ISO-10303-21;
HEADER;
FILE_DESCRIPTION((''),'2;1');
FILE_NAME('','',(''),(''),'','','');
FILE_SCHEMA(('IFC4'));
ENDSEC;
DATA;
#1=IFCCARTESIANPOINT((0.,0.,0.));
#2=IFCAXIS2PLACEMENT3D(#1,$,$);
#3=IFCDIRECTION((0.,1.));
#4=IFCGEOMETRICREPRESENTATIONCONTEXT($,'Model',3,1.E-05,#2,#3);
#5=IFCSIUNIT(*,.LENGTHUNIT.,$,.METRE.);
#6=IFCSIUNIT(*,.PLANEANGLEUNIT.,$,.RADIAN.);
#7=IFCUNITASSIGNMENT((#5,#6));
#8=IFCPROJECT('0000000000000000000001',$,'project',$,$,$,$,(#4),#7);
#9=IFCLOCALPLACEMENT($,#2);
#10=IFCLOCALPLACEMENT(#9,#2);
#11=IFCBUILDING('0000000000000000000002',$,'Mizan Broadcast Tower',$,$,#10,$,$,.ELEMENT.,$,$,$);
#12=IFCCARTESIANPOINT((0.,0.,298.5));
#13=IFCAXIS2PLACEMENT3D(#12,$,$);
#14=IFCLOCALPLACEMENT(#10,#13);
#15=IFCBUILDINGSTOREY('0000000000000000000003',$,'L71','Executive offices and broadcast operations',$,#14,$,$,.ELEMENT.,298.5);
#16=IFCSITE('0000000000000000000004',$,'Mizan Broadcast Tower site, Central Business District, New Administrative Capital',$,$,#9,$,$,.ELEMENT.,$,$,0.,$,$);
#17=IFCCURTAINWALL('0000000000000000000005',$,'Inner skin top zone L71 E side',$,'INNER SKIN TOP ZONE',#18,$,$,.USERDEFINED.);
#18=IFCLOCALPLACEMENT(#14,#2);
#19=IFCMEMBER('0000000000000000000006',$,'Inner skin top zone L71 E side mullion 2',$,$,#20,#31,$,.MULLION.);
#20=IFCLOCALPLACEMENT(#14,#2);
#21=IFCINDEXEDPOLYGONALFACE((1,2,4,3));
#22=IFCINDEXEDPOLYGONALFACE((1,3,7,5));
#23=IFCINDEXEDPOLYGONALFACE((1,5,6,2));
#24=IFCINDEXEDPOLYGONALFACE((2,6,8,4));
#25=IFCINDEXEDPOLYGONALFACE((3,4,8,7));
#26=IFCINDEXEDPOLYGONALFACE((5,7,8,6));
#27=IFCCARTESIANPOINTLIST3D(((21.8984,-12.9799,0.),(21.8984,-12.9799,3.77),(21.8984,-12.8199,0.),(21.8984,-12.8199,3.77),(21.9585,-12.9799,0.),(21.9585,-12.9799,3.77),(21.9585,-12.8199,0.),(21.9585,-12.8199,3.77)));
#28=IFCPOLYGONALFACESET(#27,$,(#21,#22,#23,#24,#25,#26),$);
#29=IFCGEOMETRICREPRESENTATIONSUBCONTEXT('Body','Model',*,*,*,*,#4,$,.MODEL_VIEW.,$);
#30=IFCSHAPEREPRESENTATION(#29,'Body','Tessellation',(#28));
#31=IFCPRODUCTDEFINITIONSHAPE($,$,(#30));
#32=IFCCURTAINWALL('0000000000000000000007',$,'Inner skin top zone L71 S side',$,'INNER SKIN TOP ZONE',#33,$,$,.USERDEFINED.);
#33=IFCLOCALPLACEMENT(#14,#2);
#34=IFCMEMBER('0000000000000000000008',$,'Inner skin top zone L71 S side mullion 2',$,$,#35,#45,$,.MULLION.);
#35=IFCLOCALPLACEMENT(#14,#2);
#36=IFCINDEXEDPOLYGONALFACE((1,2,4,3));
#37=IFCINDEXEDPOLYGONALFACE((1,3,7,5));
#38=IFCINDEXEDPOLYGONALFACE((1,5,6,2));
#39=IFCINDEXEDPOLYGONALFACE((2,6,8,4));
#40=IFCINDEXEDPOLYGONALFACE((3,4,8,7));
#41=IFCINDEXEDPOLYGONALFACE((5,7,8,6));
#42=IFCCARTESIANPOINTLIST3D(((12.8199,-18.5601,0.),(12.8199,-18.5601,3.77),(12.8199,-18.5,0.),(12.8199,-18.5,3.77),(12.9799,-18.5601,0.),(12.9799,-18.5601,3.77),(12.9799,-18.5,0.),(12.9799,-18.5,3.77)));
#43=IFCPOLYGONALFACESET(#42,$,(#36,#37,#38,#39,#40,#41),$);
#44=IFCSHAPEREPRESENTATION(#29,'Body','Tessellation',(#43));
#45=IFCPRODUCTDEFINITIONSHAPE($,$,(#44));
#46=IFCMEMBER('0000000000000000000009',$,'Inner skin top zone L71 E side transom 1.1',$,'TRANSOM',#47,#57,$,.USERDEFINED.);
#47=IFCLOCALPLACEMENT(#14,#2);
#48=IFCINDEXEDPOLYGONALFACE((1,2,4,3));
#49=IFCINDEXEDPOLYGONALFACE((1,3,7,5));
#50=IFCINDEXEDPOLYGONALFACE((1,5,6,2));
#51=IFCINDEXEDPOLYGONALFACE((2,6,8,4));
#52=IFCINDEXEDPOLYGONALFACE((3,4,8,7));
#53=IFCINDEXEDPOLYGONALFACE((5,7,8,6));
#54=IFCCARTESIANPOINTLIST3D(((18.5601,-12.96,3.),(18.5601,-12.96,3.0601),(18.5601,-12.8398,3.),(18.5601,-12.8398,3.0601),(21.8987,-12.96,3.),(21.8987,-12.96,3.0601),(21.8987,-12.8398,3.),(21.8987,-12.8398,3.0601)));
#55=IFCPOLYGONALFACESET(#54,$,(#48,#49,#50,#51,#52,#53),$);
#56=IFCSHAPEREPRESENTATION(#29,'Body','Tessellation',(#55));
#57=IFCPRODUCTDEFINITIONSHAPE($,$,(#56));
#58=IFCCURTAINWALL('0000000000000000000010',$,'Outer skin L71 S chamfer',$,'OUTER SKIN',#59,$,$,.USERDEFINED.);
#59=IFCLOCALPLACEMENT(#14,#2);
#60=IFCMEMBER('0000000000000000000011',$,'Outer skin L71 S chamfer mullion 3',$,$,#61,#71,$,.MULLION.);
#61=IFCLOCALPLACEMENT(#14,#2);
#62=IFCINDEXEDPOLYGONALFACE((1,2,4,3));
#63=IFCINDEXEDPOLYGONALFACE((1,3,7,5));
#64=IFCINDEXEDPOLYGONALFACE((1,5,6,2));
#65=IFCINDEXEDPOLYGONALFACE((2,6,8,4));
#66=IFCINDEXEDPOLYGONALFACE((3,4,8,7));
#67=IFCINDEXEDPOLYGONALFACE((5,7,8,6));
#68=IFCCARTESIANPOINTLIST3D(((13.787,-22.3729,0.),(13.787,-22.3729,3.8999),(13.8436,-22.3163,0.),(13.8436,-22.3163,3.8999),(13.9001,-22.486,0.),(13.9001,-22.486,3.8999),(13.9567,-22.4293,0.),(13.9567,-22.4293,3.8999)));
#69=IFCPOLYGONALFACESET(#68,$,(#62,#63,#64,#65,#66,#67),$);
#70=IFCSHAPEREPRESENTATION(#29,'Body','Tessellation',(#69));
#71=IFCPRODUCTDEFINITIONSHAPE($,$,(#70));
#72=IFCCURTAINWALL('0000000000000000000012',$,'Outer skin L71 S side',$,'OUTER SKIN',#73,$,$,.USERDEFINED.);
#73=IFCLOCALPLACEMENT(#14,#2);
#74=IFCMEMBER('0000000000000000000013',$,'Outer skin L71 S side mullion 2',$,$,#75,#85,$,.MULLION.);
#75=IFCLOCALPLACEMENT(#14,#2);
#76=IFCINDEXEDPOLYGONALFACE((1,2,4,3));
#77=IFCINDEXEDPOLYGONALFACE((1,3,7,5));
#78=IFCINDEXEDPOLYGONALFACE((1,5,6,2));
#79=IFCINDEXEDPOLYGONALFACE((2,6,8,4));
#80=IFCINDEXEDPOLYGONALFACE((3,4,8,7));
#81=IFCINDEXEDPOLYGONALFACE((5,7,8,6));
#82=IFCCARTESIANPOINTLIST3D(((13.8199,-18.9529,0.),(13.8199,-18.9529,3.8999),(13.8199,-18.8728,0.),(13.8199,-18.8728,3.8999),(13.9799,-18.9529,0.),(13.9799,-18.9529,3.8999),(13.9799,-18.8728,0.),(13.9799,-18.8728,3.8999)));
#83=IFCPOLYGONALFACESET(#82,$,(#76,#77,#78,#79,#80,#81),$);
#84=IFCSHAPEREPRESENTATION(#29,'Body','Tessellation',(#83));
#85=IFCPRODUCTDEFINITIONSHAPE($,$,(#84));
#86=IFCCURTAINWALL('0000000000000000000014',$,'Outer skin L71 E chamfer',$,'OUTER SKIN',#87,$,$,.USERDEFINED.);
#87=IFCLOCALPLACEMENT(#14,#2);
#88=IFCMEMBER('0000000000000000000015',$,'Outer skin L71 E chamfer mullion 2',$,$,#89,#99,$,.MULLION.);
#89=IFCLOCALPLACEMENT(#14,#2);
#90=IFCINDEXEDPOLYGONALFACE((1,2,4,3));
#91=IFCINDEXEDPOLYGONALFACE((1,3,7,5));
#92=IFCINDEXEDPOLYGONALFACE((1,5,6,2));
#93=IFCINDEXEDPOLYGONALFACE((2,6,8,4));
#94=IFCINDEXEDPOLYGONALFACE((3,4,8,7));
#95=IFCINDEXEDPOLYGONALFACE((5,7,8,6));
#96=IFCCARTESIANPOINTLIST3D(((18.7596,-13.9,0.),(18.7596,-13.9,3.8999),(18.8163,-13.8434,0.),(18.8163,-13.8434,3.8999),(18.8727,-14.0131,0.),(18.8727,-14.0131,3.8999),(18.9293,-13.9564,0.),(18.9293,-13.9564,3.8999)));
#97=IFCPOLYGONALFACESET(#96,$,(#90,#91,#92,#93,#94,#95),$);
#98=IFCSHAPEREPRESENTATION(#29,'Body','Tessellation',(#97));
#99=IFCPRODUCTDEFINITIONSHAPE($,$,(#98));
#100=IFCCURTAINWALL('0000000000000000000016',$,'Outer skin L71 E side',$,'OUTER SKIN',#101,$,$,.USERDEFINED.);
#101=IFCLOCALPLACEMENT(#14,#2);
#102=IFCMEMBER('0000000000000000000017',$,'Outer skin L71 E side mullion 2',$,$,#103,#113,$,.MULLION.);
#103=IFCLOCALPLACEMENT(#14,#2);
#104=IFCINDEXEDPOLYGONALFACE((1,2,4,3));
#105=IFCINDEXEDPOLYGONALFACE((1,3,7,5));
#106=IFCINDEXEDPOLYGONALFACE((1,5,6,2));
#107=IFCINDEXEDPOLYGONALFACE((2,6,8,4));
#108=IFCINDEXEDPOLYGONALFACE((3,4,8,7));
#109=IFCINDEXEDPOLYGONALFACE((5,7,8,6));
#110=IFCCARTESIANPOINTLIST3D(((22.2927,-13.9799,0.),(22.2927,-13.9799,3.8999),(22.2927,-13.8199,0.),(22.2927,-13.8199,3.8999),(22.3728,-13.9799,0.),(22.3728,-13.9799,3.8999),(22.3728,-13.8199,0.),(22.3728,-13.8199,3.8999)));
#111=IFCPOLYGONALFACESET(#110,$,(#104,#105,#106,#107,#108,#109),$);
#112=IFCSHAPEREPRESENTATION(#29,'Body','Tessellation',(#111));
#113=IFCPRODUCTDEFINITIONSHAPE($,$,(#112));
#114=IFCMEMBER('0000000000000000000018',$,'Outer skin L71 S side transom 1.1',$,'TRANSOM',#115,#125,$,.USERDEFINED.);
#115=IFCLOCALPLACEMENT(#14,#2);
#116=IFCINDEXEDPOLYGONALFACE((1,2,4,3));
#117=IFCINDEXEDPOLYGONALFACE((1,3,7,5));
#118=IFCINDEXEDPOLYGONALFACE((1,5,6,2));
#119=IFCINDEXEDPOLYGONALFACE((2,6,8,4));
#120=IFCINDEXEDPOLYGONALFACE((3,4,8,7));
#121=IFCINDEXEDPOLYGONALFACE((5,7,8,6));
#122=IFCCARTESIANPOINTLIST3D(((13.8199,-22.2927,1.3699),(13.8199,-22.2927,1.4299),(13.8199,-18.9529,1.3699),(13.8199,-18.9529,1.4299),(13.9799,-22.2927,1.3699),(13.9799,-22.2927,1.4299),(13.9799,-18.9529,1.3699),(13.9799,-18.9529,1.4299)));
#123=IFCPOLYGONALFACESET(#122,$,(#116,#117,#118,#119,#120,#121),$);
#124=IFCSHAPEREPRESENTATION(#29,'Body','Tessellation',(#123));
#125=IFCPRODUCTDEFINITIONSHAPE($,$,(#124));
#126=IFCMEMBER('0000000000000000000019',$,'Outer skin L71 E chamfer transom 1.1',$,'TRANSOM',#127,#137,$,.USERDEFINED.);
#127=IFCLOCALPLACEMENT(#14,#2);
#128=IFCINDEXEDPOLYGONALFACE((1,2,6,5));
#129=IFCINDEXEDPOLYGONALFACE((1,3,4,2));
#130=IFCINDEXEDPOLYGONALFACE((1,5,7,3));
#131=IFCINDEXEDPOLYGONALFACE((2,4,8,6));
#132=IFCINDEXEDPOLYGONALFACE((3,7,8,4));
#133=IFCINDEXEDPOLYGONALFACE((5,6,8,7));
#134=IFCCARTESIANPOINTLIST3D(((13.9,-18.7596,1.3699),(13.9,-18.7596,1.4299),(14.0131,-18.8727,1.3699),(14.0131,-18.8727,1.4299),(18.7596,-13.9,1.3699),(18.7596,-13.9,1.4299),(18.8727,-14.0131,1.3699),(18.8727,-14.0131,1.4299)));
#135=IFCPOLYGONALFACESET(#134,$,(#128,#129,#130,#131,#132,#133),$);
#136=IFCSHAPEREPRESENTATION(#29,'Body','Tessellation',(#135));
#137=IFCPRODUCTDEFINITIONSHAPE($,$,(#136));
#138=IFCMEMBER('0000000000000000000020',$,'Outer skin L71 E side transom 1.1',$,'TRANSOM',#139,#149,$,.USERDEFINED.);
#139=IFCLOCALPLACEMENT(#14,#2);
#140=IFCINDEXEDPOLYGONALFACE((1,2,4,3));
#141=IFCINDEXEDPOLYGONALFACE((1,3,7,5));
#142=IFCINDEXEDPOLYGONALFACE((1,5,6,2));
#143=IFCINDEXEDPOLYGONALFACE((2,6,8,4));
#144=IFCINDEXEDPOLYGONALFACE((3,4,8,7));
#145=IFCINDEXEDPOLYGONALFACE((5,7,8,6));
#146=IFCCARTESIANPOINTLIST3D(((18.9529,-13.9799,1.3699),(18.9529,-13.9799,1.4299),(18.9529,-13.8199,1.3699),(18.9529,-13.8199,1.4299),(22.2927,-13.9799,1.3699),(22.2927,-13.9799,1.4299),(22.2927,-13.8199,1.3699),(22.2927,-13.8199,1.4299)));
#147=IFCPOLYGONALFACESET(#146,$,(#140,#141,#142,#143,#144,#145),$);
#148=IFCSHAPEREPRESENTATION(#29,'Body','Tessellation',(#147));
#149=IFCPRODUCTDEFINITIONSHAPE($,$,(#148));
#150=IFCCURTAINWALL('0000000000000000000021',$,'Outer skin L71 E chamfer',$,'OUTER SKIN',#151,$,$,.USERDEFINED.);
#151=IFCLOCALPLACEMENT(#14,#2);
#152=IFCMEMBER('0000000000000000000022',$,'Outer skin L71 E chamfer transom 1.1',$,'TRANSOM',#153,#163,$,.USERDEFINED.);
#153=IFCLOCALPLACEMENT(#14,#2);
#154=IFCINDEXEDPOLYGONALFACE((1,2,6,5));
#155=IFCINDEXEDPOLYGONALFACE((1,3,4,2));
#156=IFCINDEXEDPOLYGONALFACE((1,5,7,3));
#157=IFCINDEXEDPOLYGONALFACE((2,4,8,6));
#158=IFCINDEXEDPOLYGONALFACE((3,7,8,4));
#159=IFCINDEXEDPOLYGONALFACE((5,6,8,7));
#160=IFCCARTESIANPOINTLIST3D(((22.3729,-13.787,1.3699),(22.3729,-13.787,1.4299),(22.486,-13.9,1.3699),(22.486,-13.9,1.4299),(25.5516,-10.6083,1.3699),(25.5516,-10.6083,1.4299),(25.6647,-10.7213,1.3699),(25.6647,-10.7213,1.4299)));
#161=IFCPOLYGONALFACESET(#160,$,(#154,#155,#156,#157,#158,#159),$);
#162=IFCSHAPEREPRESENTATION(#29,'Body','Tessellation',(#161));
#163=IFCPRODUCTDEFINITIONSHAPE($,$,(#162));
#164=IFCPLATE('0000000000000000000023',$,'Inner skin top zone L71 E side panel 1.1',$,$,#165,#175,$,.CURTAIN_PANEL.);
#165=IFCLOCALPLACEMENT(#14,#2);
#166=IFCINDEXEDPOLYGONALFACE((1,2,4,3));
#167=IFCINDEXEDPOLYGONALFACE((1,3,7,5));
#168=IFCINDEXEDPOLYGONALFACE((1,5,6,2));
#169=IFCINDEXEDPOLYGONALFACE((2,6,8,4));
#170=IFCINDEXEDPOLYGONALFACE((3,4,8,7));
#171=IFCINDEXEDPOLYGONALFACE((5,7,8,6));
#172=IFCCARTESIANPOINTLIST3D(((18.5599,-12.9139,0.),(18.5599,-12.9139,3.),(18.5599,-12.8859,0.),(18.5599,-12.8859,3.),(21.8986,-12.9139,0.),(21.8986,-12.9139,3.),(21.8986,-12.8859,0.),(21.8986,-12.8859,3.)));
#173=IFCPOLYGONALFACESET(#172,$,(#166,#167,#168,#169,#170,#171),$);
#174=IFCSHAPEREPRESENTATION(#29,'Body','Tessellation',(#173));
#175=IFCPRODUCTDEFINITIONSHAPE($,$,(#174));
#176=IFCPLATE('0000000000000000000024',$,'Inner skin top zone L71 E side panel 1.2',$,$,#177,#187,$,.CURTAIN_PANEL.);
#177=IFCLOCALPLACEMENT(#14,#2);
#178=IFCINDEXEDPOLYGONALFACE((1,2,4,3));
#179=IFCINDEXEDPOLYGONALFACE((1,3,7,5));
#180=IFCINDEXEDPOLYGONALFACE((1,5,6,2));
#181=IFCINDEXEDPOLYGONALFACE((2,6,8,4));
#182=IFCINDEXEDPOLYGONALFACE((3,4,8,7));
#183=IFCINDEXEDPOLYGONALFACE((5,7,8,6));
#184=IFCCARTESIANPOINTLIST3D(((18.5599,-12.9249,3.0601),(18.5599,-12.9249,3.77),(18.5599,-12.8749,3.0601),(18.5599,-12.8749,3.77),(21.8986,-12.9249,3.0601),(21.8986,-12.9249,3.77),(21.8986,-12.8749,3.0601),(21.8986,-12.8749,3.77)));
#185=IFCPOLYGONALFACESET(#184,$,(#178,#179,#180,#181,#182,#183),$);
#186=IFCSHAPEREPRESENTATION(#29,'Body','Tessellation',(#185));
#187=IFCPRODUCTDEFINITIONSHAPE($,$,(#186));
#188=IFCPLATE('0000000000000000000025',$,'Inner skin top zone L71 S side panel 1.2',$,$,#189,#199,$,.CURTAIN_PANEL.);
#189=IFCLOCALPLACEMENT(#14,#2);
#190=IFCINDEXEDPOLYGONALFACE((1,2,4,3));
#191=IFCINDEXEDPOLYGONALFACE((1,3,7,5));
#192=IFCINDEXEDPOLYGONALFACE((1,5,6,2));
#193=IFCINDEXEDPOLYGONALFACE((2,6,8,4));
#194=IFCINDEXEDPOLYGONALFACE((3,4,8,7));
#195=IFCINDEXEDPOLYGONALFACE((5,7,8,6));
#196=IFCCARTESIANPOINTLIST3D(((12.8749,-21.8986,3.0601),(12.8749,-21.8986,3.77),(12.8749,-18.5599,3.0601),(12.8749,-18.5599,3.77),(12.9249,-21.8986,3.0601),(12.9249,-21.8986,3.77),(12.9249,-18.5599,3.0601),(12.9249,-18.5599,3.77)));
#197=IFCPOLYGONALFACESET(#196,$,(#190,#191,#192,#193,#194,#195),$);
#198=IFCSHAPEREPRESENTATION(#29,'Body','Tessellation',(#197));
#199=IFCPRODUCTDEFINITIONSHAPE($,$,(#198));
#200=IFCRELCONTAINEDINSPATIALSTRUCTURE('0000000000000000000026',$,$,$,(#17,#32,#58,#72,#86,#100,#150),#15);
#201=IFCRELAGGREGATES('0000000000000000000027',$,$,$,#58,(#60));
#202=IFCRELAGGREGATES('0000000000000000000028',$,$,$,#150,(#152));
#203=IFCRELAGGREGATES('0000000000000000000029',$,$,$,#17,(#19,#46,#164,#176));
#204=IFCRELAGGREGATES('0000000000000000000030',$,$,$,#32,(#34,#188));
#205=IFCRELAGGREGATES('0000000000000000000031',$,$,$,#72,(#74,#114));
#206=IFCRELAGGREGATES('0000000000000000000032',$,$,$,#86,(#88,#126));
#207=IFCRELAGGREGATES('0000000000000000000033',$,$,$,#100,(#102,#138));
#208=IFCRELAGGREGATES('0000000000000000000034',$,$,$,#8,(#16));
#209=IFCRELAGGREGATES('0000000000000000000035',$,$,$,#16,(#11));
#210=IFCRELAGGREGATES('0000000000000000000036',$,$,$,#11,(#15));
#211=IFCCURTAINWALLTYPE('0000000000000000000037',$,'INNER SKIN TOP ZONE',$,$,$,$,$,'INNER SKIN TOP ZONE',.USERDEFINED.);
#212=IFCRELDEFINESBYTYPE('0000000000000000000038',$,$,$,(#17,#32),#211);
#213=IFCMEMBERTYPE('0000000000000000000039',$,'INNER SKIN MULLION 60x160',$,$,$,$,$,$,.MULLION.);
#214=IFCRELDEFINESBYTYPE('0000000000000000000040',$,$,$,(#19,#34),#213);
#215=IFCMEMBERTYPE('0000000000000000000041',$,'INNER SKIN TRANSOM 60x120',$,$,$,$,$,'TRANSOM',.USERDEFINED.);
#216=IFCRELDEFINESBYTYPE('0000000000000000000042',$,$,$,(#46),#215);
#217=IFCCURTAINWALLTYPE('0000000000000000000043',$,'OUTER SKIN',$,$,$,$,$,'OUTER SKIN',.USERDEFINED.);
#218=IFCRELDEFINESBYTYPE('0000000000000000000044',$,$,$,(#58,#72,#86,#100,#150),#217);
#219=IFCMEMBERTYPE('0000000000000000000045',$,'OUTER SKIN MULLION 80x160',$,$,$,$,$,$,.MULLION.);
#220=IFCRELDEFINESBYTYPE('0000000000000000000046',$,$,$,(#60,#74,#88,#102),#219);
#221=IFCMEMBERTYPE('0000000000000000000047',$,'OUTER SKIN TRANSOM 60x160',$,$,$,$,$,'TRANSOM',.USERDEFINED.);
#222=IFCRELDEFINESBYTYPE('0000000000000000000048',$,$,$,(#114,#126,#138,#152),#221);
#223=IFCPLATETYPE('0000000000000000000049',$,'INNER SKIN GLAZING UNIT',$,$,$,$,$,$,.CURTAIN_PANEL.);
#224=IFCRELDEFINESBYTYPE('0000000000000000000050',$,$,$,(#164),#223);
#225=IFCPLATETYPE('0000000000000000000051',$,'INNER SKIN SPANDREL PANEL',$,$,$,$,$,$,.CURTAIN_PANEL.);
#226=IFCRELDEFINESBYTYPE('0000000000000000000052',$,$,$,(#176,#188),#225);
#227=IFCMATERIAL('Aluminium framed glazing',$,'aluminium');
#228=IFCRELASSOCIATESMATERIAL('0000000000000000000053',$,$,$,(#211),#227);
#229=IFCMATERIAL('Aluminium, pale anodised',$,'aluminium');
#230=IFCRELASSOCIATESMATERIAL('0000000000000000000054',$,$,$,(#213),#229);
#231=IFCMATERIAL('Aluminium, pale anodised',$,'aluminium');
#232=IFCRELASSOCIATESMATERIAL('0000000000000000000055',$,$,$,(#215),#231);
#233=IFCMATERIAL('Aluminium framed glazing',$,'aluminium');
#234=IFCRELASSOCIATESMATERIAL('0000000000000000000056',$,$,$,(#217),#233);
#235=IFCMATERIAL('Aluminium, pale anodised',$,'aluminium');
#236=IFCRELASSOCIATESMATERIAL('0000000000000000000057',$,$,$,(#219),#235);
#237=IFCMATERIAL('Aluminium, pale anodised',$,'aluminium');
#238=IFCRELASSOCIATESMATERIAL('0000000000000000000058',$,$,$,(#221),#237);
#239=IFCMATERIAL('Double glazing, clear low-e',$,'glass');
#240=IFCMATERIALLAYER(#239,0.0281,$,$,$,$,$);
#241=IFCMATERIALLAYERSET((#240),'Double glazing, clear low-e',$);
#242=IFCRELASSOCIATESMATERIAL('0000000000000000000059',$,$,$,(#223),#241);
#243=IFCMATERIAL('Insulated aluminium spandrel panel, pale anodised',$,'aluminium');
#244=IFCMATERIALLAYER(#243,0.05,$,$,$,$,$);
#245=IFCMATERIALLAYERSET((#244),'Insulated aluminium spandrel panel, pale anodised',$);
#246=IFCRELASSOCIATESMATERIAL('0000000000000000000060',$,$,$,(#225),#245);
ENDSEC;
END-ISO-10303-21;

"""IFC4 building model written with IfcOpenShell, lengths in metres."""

from ifc_helpers import new_model, si_unit, direction, frame, origin, origin_2d, place, context, subcontext, project, spatial, rectangle, extrude, material, layer, layer_set, material_profile, profile_set, type_object, element, aggregate, save


model = new_model("IFC4")

# Units and contexts
model_context = context("Model", 3, precision=1e-05, world=origin(), true_north=direction((0.0, 1.0)))
body_context = subcontext(model_context, "Body", "Model", "MODEL_VIEW")
ifc_project = project(units=[si_unit("LENGTHUNIT", "METRE"), si_unit("PLANEANGLEUNIT", "RADIAN")], contexts=[model_context])

# Site, building, storey
site_placement = place(None, origin())
site = spatial("IfcSite", under=ifc_project, at=site_placement, Name="Mizan Broadcast Tower site, Central Business District, New Administrative Capital", CompositionType="ELEMENT", RefElevation=0.0)
building_placement = place(site_placement, origin())
building = spatial("IfcBuilding", under=site, at=building_placement, Name="Mizan Broadcast Tower", CompositionType="ELEMENT")
storey_placement = place(building_placement, frame((0.0, 0.0, 298.5)))
storey = spatial("IfcBuildingStorey", under=building, at=storey_placement, Name="L71", Description="Executive offices and broadcast operations", CompositionType="ELEMENT", Elevation=298.5)

# Curtain walls, members
ifc_material_1 = material(Name="Aluminium framed glazing", Category="aluminium")
curtain_wall_type_1 = type_object("IfcCurtainWallType", Name="INNER SKIN TOP ZONE", ElementType="INNER SKIN TOP ZONE", PredefinedType="USERDEFINED", material=ifc_material_1)
curtain_wall_1_placement = place(storey_placement, origin())
curtain_wall_1 = element("IfcCurtainWall", 1, at=curtain_wall_1_placement, inside=storey, type_object=curtain_wall_type_1, Name="Inner skin top zone L71 E side", ObjectType="INNER SKIN TOP ZONE", PredefinedType="USERDEFINED")
ifc_material_2 = material(Name="Aluminium, pale anodised", Category="aluminium")
ifc_material_profile_1 = material_profile(ifc_material_2, rectangle(XDim=0.1599, YDim=0.0601, at=origin_2d()), Name="MULLION 160x60")
ifc_profile_set_1 = profile_set([ifc_material_profile_1], Name="Aluminium, pale anodised")
member_type_1 = type_object("IfcMemberType", Name="INNER SKIN MULLION 60x160", PredefinedType="MULLION", material=ifc_profile_set_1)
member_1_placement = place(storey_placement, frame((21.9285, -12.8999, 0.0), z_axis=(0.0, 0.0, 1.0), x_axis=(0.0, 1.0, 0.0)))
member_1 = element("IfcMember", 2, at=member_1_placement, type_object=member_type_1, Name="Inner skin top zone L71 E side mullion 2", PredefinedType="MULLION", context=body_context, shape_type="SweptSolid", body=[
    extrude(rectangle(XDim=0.1599, YDim=0.0601, at=origin_2d()), origin(), (0.0, 0.0, 1.0), 3.77),
])
curtain_wall_2_placement = place(storey_placement, origin())
curtain_wall_2 = element("IfcCurtainWall", 3, at=curtain_wall_2_placement, inside=storey, type_object=curtain_wall_type_1, Name="Inner skin top zone L71 S side", ObjectType="INNER SKIN TOP ZONE", PredefinedType="USERDEFINED")
member_2_placement = place(storey_placement, frame((12.8999, -18.53, 0.0), z_axis=(0.0, 0.0, 1.0), x_axis=(-1.0, 0.0, 0.0)))
member_2 = element("IfcMember", 4, at=member_2_placement, type_object=member_type_1, Name="Inner skin top zone L71 S side mullion 2", PredefinedType="MULLION", context=body_context, shape_type="SweptSolid", body=[
    extrude(rectangle(XDim=0.1599, YDim=0.0601, at=origin_2d()), origin(), (0.0, 0.0, 1.0), 3.77),
])

# Member
ifc_material_3 = material(Name="Aluminium, pale anodised", Category="aluminium")
ifc_material_profile_2 = material_profile(ifc_material_3, rectangle(XDim=0.1201, YDim=0.0601, at=origin_2d()), Name="TRANSOM 120x60")
ifc_profile_set_2 = profile_set([ifc_material_profile_2], Name="Aluminium, pale anodised")
member_type_2 = type_object("IfcMemberType", Name="INNER SKIN TRANSOM 60x120", ElementType="TRANSOM", PredefinedType="USERDEFINED", material=ifc_profile_set_2)
member_3_placement = place(storey_placement, frame((18.5601, -12.8999, 3.03), z_axis=(1.0, 0.0, 0.0), x_axis=(0.0, 1.0, 0.0)))
member_3 = element("IfcMember", 5, at=member_3_placement, type_object=member_type_2, Name="Inner skin top zone L71 E side transom 1.1", ObjectType="TRANSOM", PredefinedType="USERDEFINED", context=body_context, shape_type="SweptSolid", body=[
    extrude(rectangle(XDim=0.1201, YDim=0.0601, at=origin_2d()), origin(), (0.0, 0.0, 1.0), 3.3386),
])

# Curtain walls, members
ifc_material_4 = material(Name="Aluminium framed glazing", Category="aluminium")
curtain_wall_type_2 = type_object("IfcCurtainWallType", Name="OUTER SKIN", ElementType="OUTER SKIN", PredefinedType="USERDEFINED", material=ifc_material_4)
curtain_wall_3_placement = place(storey_placement, origin())
curtain_wall_3 = element("IfcCurtainWall", 6, at=curtain_wall_3_placement, inside=storey, type_object=curtain_wall_type_2, Name="Outer skin L71 S chamfer", ObjectType="OUTER SKIN", PredefinedType="USERDEFINED")
ifc_material_5 = material(Name="Aluminium, pale anodised", Category="aluminium")
ifc_material_profile_3 = material_profile(ifc_material_5, rectangle(XDim=0.1599, YDim=0.0801, at=origin_2d()), Name="MULLION 160x80")
ifc_profile_set_3 = profile_set([ifc_material_profile_3], Name="Aluminium, pale anodised")
member_type_3 = type_object("IfcMemberType", Name="OUTER SKIN MULLION 80x160", PredefinedType="MULLION", material=ifc_profile_set_3)
member_4_placement = place(storey_placement, frame((13.8718, -22.4011, 0.0), z_axis=(0.0, 0.0, 1.0), x_axis=(-0.707107, 0.707107, 0.0)))
member_4 = element("IfcMember", 7, at=member_4_placement, type_object=member_type_3, Name="Outer skin L71 S chamfer mullion 3", PredefinedType="MULLION", context=body_context, shape_type="SweptSolid", body=[
    extrude(rectangle(XDim=0.1599, YDim=0.0801, at=origin_2d()), origin(), (0.0, 0.0, 1.0), 3.8999),
])
aggregate(curtain_wall_3, [member_4])
curtain_wall_4_placement = place(storey_placement, origin())
curtain_wall_4 = element("IfcCurtainWall", 8, at=curtain_wall_4_placement, inside=storey, type_object=curtain_wall_type_2, Name="Outer skin L71 S side", ObjectType="OUTER SKIN", PredefinedType="USERDEFINED")
member_5_placement = place(storey_placement, frame((13.8999, -18.9128, 0.0), z_axis=(0.0, 0.0, 1.0), x_axis=(-1.0, 0.0, 0.0)))
member_5 = element("IfcMember", 9, at=member_5_placement, type_object=member_type_3, Name="Outer skin L71 S side mullion 2", PredefinedType="MULLION", context=body_context, shape_type="SweptSolid", body=[
    extrude(rectangle(XDim=0.1599, YDim=0.0801, at=origin_2d()), origin(), (0.0, 0.0, 1.0), 3.8999),
])
curtain_wall_5_placement = place(storey_placement, origin())
curtain_wall_5 = element("IfcCurtainWall", 10, at=curtain_wall_5_placement, inside=storey, type_object=curtain_wall_type_2, Name="Outer skin L71 E chamfer", ObjectType="OUTER SKIN", PredefinedType="USERDEFINED")
member_6_placement = place(storey_placement, frame((18.8445, -13.9282, 0.0), z_axis=(0.0, 0.0, 1.0), x_axis=(-0.707107, 0.707107, 0.0)))
member_6 = element("IfcMember", 11, at=member_6_placement, type_object=member_type_3, Name="Outer skin L71 E chamfer mullion 2", PredefinedType="MULLION", context=body_context, shape_type="SweptSolid", body=[
    extrude(rectangle(XDim=0.1599, YDim=0.0801, at=origin_2d()), origin(), (0.0, 0.0, 1.0), 3.8999),
])
curtain_wall_6_placement = place(storey_placement, origin())
curtain_wall_6 = element("IfcCurtainWall", 12, at=curtain_wall_6_placement, inside=storey, type_object=curtain_wall_type_2, Name="Outer skin L71 E side", ObjectType="OUTER SKIN", PredefinedType="USERDEFINED")
member_7_placement = place(storey_placement, frame((22.3328, -13.8999, 0.0), z_axis=(0.0, 0.0, 1.0), x_axis=(0.0, 1.0, 0.0)))
member_7 = element("IfcMember", 13, at=member_7_placement, type_object=member_type_3, Name="Outer skin L71 E side mullion 2", PredefinedType="MULLION", context=body_context, shape_type="SweptSolid", body=[
    extrude(rectangle(XDim=0.1599, YDim=0.0801, at=origin_2d()), origin(), (0.0, 0.0, 1.0), 3.8999),
])

# Members
ifc_material_6 = material(Name="Aluminium, pale anodised", Category="aluminium")
ifc_material_profile_4 = material_profile(ifc_material_6, rectangle(XDim=0.1599, YDim=0.0601, at=origin_2d()), Name="TRANSOM 160x60")
ifc_profile_set_4 = profile_set([ifc_material_profile_4], Name="Aluminium, pale anodised")
member_type_4 = type_object("IfcMemberType", Name="OUTER SKIN TRANSOM 60x160", ElementType="TRANSOM", PredefinedType="USERDEFINED", material=ifc_profile_set_4)
member_8_placement = place(storey_placement, frame((13.8999, -22.2927, 1.3999), z_axis=(0.0, 1.0, 0.0), x_axis=(-1.0, 0.0, 0.0)))
member_8 = element("IfcMember", 14, at=member_8_placement, type_object=member_type_4, Name="Outer skin L71 S side transom 1.1", ObjectType="TRANSOM", PredefinedType="USERDEFINED", context=body_context, shape_type="SweptSolid", body=[
    extrude(rectangle(XDim=0.1599, YDim=0.0601, at=origin_2d()), origin(), (0.0, 0.0, 1.0), 3.3398),
])
member_9_placement = place(storey_placement, frame((13.9565, -18.8162, 1.3999), z_axis=(0.707107, 0.707107, 0.0), x_axis=(-0.707107, 0.707107, 0.0)))
member_9 = element("IfcMember", 15, at=member_9_placement, type_object=member_type_4, Name="Outer skin L71 E chamfer transom 1.1", ObjectType="TRANSOM", PredefinedType="USERDEFINED", context=body_context, shape_type="SweptSolid", body=[
    extrude(rectangle(XDim=0.1599, YDim=0.0601, at=origin_2d()), origin(), (0.0, 0.0, 1.0), 6.8726),
])
member_10_placement = place(storey_placement, frame((18.9529, -13.8999, 1.3999), z_axis=(1.0, 0.0, 0.0), x_axis=(0.0, 1.0, 0.0)))
member_10 = element("IfcMember", 16, at=member_10_placement, type_object=member_type_4, Name="Outer skin L71 E side transom 1.1", ObjectType="TRANSOM", PredefinedType="USERDEFINED", context=body_context, shape_type="SweptSolid", body=[
    extrude(rectangle(XDim=0.1599, YDim=0.0601, at=origin_2d()), origin(), (0.0, 0.0, 1.0), 3.3398),
])

# Curtain wall, member
curtain_wall_7_placement = place(storey_placement, origin())
curtain_wall_7 = element("IfcCurtainWall", 17, at=curtain_wall_7_placement, inside=storey, type_object=curtain_wall_type_2, Name="Outer skin L71 E chamfer", ObjectType="OUTER SKIN", PredefinedType="USERDEFINED")
member_11_placement = place(storey_placement, frame((22.4294, -13.8435, 1.3999), z_axis=(0.707107, 0.707107, 0.0), x_axis=(-0.707107, 0.707107, 0.0)))
member_11 = element("IfcMember", 18, at=member_11_placement, type_object=member_type_4, Name="Outer skin L71 E chamfer transom 1.1", ObjectType="TRANSOM", PredefinedType="USERDEFINED", context=body_context, shape_type="SweptSolid", body=[
    extrude(rectangle(XDim=0.1599, YDim=0.0601, at=origin_2d()), origin(), (0.0, 0.0, 1.0), 4.4954),
])
aggregate(curtain_wall_7, [member_11])

# Plates
ifc_material_7 = material(Name="Double glazing, clear low-e", Category="glass")
ifc_layer_1 = layer(ifc_material_7, 0.0281)
ifc_layer_set_1 = layer_set([ifc_layer_1], Name="Double glazing, clear low-e")
plate_type_1 = type_object("IfcPlateType", Name="INNER SKIN GLAZING UNIT", PredefinedType="CURTAIN_PANEL", material=ifc_layer_set_1)
plate_1_placement = place(storey_placement, frame((20.2292, -12.8999, 0.0), z_axis=(0.0, 0.0, 1.0), x_axis=(1.0, 0.0, 0.0)))
plate_1 = element("IfcPlate", 19, at=plate_1_placement, type_object=plate_type_1, Name="Inner skin top zone L71 E side panel 1.1", PredefinedType="CURTAIN_PANEL", context=body_context, shape_type="SweptSolid", body=[
    extrude(rectangle(XDim=3.3386, YDim=0.0281, at=origin_2d()), origin(), (0.0, 0.0, 1.0), 3.0),
])
ifc_material_8 = material(Name="Insulated aluminium spandrel panel, pale anodised", Category="aluminium")
ifc_layer_2 = layer(ifc_material_8, 0.05)
ifc_layer_set_2 = layer_set([ifc_layer_2], Name="Insulated aluminium spandrel panel, pale anodised")
plate_type_2 = type_object("IfcPlateType", Name="INNER SKIN SPANDREL PANEL", PredefinedType="CURTAIN_PANEL", material=ifc_layer_set_2)
plate_2_placement = place(storey_placement, frame((20.2292, -12.8999, 3.0601), z_axis=(0.0, 0.0, 1.0), x_axis=(1.0, 0.0, 0.0)))
plate_2 = element("IfcPlate", 20, at=plate_2_placement, type_object=plate_type_2, Name="Inner skin top zone L71 E side panel 1.2", PredefinedType="CURTAIN_PANEL", context=body_context, shape_type="SweptSolid", body=[
    extrude(rectangle(XDim=3.3386, YDim=0.05, at=origin_2d()), origin(), (0.0, 0.0, 1.0), 0.71),
])
aggregate(curtain_wall_1, [member_1, member_3, plate_1, plate_2])
plate_3_placement = place(storey_placement, frame((12.8999, -20.2292, 3.0601), z_axis=(0.0, 0.0, 1.0), x_axis=(0.0, 1.0, 0.0)))
plate_3 = element("IfcPlate", 21, at=plate_3_placement, type_object=plate_type_2, Name="Inner skin top zone L71 S side panel 1.2", PredefinedType="CURTAIN_PANEL", context=body_context, shape_type="SweptSolid", body=[
    extrude(rectangle(XDim=3.3386, YDim=0.05, at=origin_2d()), origin(), (0.0, 0.0, 1.0), 0.71),
])
aggregate(curtain_wall_2, [member_2, plate_3])
aggregate(curtain_wall_4, [member_5, member_8])
aggregate(curtain_wall_5, [member_6, member_9])
aggregate(curtain_wall_6, [member_7, member_10])

save(model, "model.ifc")
